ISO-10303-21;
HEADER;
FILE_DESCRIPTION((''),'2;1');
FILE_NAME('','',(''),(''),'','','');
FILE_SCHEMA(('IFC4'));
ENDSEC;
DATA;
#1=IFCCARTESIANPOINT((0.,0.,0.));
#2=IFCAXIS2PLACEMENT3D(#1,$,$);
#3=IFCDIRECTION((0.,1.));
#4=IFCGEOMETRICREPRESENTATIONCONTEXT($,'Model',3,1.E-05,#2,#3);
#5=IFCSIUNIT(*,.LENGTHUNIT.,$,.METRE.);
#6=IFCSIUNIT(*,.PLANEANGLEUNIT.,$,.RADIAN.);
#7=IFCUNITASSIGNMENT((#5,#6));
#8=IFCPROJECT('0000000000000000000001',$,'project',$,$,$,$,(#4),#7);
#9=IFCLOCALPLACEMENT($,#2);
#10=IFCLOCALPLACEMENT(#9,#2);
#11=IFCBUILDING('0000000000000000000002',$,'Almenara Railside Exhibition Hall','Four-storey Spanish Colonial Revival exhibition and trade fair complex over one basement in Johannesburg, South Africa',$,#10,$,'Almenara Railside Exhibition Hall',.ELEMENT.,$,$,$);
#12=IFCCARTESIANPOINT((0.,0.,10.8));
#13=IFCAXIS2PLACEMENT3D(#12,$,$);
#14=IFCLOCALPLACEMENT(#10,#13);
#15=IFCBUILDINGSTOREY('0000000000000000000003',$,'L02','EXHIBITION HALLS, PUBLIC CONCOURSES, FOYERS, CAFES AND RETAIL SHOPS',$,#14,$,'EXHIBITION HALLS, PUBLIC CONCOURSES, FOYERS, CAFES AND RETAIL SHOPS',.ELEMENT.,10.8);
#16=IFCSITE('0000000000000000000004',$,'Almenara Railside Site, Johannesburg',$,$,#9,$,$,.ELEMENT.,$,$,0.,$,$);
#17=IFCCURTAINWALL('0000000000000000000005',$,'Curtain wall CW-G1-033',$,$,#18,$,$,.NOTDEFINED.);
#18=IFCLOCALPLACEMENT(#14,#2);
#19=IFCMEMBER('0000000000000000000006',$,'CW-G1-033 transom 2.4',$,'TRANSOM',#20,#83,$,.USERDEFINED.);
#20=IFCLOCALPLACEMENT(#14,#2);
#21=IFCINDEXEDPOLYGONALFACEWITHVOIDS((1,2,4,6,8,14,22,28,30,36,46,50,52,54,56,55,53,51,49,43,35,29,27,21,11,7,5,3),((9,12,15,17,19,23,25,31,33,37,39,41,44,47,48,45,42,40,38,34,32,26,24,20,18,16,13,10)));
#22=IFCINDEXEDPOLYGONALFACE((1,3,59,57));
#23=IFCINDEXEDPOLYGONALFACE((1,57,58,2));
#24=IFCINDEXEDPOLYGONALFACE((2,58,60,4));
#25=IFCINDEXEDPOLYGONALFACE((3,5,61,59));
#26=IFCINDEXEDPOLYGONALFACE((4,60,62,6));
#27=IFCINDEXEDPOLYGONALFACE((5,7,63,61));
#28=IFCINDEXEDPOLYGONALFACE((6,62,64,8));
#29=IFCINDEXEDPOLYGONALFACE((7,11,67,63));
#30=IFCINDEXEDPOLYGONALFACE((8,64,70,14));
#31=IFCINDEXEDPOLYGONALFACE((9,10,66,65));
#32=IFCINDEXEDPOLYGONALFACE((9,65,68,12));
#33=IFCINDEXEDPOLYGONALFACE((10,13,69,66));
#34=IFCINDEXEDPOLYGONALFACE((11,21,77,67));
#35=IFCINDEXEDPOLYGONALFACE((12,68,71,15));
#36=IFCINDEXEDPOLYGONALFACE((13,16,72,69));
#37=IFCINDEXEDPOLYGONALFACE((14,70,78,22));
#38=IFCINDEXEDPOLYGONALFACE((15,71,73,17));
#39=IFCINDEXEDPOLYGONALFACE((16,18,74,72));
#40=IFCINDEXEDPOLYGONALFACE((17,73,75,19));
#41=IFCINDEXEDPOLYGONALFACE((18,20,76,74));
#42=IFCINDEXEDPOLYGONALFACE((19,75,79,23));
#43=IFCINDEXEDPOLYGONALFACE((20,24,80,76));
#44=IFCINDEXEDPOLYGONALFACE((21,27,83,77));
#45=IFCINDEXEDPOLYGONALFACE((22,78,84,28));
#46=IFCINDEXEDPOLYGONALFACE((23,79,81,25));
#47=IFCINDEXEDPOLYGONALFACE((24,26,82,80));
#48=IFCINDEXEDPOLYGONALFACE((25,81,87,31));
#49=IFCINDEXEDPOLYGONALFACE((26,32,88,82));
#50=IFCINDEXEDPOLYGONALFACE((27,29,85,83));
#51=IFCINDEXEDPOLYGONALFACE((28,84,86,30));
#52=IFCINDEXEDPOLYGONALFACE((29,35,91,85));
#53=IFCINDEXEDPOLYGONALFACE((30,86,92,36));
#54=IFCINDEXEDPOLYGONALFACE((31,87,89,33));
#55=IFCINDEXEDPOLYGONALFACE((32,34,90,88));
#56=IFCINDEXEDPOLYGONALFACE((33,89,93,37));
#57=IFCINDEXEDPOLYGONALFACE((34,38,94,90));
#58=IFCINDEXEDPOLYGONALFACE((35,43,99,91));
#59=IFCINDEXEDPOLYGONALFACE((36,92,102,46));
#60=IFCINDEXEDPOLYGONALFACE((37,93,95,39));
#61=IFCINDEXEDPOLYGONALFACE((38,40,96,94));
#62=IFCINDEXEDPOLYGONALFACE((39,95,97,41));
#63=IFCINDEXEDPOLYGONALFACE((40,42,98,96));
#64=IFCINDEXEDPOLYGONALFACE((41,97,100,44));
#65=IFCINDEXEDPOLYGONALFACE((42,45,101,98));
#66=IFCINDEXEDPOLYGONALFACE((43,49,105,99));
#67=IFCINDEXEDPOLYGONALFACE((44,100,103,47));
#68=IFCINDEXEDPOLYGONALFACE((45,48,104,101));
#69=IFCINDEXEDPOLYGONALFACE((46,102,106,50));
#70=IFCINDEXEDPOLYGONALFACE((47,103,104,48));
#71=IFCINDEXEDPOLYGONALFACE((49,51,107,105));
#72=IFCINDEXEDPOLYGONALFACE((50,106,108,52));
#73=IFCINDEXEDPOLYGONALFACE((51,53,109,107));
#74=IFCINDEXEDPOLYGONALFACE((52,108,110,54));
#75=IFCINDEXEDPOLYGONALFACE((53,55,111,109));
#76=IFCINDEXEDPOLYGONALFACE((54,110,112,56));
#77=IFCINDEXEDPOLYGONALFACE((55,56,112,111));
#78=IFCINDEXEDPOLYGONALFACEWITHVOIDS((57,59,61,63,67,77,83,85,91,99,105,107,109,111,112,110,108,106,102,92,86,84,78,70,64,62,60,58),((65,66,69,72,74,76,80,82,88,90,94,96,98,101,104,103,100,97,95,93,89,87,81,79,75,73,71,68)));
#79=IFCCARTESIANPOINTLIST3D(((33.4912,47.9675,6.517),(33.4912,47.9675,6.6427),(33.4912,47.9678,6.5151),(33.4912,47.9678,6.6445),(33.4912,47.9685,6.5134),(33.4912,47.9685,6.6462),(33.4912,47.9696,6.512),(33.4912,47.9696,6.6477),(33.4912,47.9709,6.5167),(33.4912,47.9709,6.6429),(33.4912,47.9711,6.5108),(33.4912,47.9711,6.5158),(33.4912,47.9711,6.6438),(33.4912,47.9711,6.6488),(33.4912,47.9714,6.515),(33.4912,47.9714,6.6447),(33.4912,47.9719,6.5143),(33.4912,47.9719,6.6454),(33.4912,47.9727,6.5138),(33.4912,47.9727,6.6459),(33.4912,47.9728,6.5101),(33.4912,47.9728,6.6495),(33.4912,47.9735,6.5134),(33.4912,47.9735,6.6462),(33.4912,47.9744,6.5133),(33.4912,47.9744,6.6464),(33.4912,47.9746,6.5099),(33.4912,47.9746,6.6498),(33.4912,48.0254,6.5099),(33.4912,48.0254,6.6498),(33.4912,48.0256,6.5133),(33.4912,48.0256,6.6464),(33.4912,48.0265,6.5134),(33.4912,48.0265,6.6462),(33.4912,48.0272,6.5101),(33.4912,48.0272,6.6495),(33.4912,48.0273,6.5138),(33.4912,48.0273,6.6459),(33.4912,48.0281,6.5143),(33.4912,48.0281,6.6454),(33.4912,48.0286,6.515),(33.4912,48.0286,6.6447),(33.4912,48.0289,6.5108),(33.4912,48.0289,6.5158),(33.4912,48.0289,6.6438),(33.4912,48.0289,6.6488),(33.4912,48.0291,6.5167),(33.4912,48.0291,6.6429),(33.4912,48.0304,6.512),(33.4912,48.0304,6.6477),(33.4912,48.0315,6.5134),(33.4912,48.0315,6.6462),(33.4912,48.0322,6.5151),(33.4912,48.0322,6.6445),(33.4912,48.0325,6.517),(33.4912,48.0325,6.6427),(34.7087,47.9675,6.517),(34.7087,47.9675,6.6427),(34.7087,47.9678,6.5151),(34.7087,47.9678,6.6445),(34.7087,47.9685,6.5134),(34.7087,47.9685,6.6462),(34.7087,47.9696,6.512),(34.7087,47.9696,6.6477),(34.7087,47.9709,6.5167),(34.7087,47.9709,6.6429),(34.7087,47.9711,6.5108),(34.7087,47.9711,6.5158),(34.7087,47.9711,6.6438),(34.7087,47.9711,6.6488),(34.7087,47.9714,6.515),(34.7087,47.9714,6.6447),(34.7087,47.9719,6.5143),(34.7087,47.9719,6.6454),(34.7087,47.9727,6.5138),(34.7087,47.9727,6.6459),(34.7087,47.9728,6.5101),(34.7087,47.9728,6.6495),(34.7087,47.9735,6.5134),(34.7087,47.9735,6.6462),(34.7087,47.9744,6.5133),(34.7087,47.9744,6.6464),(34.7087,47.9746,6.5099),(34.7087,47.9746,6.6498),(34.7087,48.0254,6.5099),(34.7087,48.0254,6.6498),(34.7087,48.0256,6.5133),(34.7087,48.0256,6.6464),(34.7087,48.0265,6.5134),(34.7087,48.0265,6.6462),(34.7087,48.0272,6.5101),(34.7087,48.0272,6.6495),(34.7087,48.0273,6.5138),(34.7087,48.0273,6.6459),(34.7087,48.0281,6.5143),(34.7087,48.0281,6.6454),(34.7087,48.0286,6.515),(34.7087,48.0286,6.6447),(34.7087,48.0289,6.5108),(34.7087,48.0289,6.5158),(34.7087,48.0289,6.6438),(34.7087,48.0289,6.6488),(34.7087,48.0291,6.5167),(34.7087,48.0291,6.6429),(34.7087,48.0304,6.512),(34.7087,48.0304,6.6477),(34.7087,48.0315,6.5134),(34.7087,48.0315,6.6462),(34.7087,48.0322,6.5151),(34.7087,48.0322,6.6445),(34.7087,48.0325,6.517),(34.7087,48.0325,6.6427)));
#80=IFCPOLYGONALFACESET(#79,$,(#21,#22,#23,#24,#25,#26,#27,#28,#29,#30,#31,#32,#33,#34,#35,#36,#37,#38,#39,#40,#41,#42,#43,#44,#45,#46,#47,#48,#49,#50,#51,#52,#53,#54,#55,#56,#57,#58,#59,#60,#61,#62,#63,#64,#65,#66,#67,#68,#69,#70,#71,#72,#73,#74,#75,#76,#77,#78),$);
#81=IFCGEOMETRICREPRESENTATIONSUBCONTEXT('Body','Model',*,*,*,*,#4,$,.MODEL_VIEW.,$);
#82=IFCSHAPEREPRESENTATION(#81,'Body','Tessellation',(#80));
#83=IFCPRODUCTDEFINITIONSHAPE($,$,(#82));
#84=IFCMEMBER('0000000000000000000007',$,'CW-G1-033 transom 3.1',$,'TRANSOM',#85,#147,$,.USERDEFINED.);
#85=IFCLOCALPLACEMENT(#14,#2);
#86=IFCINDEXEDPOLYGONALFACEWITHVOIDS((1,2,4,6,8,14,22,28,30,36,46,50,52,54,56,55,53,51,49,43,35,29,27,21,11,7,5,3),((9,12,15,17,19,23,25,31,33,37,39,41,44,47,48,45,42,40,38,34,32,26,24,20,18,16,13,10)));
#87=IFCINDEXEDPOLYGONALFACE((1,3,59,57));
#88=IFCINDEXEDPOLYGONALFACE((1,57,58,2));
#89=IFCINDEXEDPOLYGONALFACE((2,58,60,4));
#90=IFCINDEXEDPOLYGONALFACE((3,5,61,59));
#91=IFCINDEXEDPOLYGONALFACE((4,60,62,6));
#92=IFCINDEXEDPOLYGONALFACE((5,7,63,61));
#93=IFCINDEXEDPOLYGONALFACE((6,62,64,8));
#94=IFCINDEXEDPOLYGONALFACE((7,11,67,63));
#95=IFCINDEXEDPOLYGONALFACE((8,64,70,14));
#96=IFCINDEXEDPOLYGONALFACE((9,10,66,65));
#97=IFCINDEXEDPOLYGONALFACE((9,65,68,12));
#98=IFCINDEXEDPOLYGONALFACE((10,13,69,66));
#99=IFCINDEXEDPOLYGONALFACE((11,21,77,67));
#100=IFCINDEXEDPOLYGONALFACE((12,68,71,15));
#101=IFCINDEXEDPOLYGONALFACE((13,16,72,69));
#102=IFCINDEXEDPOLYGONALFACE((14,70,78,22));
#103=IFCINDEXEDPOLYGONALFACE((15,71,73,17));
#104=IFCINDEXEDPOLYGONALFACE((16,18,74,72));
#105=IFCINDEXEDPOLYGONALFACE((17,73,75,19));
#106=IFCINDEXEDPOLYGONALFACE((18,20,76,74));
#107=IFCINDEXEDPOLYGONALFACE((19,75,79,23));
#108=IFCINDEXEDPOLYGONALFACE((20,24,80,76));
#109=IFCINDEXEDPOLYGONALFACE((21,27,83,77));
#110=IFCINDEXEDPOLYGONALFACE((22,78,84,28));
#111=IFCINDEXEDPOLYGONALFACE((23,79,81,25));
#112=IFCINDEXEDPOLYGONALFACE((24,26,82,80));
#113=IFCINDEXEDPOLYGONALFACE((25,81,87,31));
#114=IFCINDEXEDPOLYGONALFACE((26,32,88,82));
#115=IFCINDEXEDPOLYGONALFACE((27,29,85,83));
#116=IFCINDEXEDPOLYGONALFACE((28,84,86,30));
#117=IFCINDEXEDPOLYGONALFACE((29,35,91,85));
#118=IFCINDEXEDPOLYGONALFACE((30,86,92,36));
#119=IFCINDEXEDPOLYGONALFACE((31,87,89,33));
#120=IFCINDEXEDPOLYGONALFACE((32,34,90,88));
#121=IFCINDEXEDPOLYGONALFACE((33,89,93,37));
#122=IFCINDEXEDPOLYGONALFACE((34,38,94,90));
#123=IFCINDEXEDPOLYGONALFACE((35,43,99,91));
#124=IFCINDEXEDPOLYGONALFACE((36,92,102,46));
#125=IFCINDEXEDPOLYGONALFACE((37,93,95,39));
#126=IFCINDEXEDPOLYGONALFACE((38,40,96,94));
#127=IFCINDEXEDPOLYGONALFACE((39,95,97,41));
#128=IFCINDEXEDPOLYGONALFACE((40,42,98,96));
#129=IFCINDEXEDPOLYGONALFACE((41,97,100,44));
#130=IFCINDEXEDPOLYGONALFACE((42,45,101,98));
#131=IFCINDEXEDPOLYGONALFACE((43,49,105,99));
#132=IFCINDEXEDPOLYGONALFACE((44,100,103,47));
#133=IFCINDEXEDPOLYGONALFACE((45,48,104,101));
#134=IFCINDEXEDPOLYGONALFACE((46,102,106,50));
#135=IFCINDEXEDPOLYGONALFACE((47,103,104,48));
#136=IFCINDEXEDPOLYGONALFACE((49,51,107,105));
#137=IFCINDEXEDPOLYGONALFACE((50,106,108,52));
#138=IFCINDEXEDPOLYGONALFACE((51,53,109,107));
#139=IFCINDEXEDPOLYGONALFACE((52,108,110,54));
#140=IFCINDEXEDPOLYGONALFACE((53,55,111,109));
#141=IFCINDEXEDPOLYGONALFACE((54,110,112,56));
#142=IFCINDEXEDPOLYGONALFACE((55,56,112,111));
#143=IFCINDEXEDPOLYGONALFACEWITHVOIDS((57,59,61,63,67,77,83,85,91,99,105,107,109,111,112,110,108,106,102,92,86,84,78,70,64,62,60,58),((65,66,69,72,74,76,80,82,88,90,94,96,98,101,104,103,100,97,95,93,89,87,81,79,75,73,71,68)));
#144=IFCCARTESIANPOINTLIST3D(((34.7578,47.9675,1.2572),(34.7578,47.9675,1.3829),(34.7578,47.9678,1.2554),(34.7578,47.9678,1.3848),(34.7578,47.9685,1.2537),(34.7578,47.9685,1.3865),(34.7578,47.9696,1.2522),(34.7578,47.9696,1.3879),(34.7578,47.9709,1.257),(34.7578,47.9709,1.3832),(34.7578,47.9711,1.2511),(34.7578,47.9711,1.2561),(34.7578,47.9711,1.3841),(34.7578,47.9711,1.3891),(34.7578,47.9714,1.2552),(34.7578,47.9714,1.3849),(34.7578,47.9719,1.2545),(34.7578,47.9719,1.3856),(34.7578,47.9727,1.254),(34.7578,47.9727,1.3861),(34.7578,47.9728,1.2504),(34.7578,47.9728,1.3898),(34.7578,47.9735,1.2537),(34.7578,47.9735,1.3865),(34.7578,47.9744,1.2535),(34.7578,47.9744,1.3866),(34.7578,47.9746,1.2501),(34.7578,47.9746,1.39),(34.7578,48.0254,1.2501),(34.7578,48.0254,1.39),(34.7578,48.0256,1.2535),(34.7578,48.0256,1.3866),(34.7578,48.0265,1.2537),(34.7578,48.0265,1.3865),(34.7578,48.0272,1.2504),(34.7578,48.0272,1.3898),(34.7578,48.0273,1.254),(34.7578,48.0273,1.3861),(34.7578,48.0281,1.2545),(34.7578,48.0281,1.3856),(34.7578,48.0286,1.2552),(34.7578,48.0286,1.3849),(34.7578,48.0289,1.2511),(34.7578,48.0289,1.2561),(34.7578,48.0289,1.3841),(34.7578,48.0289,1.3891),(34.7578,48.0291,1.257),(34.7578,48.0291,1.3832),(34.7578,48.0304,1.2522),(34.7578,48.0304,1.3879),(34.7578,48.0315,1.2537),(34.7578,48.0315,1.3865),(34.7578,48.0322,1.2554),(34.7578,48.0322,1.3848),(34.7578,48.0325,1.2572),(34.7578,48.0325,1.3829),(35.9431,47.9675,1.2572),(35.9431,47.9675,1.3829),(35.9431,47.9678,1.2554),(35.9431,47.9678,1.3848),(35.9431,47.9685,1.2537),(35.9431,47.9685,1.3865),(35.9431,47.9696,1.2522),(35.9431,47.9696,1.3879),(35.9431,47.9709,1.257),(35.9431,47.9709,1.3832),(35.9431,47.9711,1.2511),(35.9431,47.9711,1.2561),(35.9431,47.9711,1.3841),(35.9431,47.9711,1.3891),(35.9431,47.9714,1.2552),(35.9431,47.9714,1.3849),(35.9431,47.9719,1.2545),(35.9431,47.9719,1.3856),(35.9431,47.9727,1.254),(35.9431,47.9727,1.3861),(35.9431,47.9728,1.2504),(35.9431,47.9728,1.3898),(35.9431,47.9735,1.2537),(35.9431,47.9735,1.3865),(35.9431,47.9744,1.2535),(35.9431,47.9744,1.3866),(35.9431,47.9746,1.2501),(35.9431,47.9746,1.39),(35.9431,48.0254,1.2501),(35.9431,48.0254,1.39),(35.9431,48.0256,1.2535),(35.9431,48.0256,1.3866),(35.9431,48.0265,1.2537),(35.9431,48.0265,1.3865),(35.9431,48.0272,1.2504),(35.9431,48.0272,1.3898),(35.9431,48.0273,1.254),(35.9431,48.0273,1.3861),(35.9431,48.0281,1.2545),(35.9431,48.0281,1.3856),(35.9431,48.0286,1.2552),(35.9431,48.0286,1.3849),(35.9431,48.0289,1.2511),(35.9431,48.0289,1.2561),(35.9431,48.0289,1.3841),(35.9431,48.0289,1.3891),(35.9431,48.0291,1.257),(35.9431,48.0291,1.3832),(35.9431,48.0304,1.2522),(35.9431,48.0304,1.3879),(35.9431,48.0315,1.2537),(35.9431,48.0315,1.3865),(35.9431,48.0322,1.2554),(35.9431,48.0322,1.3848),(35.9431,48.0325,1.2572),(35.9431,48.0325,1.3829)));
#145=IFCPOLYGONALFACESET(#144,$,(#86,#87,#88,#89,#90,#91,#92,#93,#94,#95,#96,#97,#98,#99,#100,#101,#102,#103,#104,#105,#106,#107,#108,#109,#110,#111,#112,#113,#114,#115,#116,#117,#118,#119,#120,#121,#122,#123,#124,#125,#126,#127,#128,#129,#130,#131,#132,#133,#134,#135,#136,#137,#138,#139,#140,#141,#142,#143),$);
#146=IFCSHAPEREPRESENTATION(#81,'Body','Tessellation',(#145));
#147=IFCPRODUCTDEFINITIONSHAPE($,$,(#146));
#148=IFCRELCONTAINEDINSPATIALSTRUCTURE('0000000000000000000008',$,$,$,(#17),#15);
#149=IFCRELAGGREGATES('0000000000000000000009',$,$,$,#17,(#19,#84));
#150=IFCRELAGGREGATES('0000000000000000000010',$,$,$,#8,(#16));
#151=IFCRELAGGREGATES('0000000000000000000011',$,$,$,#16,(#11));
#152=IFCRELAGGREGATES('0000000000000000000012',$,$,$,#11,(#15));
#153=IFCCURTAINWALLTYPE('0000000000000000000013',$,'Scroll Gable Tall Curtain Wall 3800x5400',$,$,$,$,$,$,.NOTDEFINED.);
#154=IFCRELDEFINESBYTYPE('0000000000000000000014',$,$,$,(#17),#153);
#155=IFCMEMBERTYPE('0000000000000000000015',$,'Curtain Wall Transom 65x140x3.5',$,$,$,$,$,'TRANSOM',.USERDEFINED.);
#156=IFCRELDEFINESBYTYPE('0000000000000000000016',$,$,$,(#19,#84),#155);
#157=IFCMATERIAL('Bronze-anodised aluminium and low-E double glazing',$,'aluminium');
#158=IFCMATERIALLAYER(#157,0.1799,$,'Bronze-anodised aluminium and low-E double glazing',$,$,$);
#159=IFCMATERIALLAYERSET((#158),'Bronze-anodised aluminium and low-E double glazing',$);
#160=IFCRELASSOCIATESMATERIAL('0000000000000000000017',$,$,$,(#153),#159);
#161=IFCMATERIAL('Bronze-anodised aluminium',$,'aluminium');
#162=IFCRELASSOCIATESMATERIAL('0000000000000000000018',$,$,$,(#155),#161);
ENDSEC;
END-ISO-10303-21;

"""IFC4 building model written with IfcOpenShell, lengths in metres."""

from ifc_helpers import new_model, si_unit, direction, frame, origin, origin_2d, place, context, subcontext, project, spatial, hollow_rectangle, extrude, material, layer, layer_set, material_profile, profile_set, type_object, element, aggregate, save


model = new_model("IFC4")

# Units and contexts
model_context = context("Model", 3, precision=1e-05, world=origin(), true_north=direction((0.0, 1.0)))
body_context = subcontext(model_context, "Body", "Model", "MODEL_VIEW")
ifc_project = project(units=[si_unit("LENGTHUNIT", "METRE"), si_unit("PLANEANGLEUNIT", "RADIAN")], contexts=[model_context])

# Site, building, storey
site_placement = place(None, origin())
site = spatial("IfcSite", under=ifc_project, at=site_placement, Name="Almenara Railside Site, Johannesburg", CompositionType="ELEMENT", RefElevation=0.0)
building_placement = place(site_placement, origin())
building = spatial("IfcBuilding", under=site, at=building_placement, Name="Almenara Railside Exhibition Hall", Description="Four-storey Spanish Colonial Revival exhibition and trade fair complex over one basement in Johannesburg, South Africa", LongName="Almenara Railside Exhibition Hall", CompositionType="ELEMENT")
storey_placement = place(building_placement, frame((0.0, 0.0, 10.8)))
storey = spatial("IfcBuildingStorey", under=building, at=storey_placement, Name="L02", Description="EXHIBITION HALLS, PUBLIC CONCOURSES, FOYERS, CAFES AND RETAIL SHOPS", LongName="EXHIBITION HALLS, PUBLIC CONCOURSES, FOYERS, CAFES AND RETAIL SHOPS", CompositionType="ELEMENT", Elevation=10.8)

# Curtain wall
ifc_material_1 = material(Name="Bronze-anodised aluminium and low-E double glazing", Category="aluminium")
ifc_layer_1 = layer(ifc_material_1, 0.1799, Name="Bronze-anodised aluminium and low-E double glazing")
ifc_layer_set_1 = layer_set([ifc_layer_1], Name="Bronze-anodised aluminium and low-E double glazing")
curtain_wall_type_1 = type_object("IfcCurtainWallType", Name="Scroll Gable Tall Curtain Wall 3800x5400", PredefinedType="NOTDEFINED", material=ifc_layer_set_1)
curtain_wall_1_placement = place(storey_placement, origin())
curtain_wall_1 = element("IfcCurtainWall", 1, at=curtain_wall_1_placement, inside=storey, type_object=curtain_wall_type_1, Name="Curtain wall CW-G1-033", PredefinedType="NOTDEFINED")
ifc_material_2 = material(Name="Bronze-anodised aluminium", Category="aluminium")

# Members
ifc_material_profile_1 = material_profile(ifc_material_2, hollow_rectangle(XDim=0.0649, YDim=0.1399, WallThickness=0.0034, InnerFilletRadius=0.0034, OuterFilletRadius=0.0071, at=origin_2d()), Name="ALU-TRN 65x140x3.5")
ifc_profile_set_1 = profile_set([ifc_material_profile_1], Name="Bronze-anodised aluminium")
member_type_1 = type_object("IfcMemberType", Name="Curtain Wall Transom 65x140x3.5", ElementType="TRANSOM", PredefinedType="USERDEFINED", material=ifc_profile_set_1)
member_1_placement = place(storey_placement, frame((33.4912, 48.0, 6.5798), z_axis=(1.0, 0.0, 0.0), x_axis=(0.0, 1.0, 0.0)))
member_1 = element("IfcMember", 2, at=member_1_placement, type_object=member_type_1, Name="CW-G1-033 transom 2.4", ObjectType="TRANSOM", PredefinedType="USERDEFINED", context=body_context, shape_type="SweptSolid", body=[
    extrude(hollow_rectangle(XDim=0.0649, YDim=0.1399, WallThickness=0.0034, InnerFilletRadius=0.0034, OuterFilletRadius=0.0071, at=origin_2d()), origin(), (0.0, 0.0, 1.0), 1.2175),
])
member_2_placement = place(storey_placement, frame((34.7578, 48.0, 1.3201), z_axis=(1.0, 0.0, 0.0), x_axis=(0.0, 1.0, 0.0)))
member_2 = element("IfcMember", 3, at=member_2_placement, type_object=member_type_1, Name="CW-G1-033 transom 3.1", ObjectType="TRANSOM", PredefinedType="USERDEFINED", context=body_context, shape_type="SweptSolid", body=[
    extrude(hollow_rectangle(XDim=0.0649, YDim=0.1399, WallThickness=0.0034, InnerFilletRadius=0.0034, OuterFilletRadius=0.0071, at=origin_2d()), origin(), (0.0, 0.0, 1.0), 1.1853),
])

aggregate(curtain_wall_1, [member_1, member_2])

save(model, "model.ifc")
